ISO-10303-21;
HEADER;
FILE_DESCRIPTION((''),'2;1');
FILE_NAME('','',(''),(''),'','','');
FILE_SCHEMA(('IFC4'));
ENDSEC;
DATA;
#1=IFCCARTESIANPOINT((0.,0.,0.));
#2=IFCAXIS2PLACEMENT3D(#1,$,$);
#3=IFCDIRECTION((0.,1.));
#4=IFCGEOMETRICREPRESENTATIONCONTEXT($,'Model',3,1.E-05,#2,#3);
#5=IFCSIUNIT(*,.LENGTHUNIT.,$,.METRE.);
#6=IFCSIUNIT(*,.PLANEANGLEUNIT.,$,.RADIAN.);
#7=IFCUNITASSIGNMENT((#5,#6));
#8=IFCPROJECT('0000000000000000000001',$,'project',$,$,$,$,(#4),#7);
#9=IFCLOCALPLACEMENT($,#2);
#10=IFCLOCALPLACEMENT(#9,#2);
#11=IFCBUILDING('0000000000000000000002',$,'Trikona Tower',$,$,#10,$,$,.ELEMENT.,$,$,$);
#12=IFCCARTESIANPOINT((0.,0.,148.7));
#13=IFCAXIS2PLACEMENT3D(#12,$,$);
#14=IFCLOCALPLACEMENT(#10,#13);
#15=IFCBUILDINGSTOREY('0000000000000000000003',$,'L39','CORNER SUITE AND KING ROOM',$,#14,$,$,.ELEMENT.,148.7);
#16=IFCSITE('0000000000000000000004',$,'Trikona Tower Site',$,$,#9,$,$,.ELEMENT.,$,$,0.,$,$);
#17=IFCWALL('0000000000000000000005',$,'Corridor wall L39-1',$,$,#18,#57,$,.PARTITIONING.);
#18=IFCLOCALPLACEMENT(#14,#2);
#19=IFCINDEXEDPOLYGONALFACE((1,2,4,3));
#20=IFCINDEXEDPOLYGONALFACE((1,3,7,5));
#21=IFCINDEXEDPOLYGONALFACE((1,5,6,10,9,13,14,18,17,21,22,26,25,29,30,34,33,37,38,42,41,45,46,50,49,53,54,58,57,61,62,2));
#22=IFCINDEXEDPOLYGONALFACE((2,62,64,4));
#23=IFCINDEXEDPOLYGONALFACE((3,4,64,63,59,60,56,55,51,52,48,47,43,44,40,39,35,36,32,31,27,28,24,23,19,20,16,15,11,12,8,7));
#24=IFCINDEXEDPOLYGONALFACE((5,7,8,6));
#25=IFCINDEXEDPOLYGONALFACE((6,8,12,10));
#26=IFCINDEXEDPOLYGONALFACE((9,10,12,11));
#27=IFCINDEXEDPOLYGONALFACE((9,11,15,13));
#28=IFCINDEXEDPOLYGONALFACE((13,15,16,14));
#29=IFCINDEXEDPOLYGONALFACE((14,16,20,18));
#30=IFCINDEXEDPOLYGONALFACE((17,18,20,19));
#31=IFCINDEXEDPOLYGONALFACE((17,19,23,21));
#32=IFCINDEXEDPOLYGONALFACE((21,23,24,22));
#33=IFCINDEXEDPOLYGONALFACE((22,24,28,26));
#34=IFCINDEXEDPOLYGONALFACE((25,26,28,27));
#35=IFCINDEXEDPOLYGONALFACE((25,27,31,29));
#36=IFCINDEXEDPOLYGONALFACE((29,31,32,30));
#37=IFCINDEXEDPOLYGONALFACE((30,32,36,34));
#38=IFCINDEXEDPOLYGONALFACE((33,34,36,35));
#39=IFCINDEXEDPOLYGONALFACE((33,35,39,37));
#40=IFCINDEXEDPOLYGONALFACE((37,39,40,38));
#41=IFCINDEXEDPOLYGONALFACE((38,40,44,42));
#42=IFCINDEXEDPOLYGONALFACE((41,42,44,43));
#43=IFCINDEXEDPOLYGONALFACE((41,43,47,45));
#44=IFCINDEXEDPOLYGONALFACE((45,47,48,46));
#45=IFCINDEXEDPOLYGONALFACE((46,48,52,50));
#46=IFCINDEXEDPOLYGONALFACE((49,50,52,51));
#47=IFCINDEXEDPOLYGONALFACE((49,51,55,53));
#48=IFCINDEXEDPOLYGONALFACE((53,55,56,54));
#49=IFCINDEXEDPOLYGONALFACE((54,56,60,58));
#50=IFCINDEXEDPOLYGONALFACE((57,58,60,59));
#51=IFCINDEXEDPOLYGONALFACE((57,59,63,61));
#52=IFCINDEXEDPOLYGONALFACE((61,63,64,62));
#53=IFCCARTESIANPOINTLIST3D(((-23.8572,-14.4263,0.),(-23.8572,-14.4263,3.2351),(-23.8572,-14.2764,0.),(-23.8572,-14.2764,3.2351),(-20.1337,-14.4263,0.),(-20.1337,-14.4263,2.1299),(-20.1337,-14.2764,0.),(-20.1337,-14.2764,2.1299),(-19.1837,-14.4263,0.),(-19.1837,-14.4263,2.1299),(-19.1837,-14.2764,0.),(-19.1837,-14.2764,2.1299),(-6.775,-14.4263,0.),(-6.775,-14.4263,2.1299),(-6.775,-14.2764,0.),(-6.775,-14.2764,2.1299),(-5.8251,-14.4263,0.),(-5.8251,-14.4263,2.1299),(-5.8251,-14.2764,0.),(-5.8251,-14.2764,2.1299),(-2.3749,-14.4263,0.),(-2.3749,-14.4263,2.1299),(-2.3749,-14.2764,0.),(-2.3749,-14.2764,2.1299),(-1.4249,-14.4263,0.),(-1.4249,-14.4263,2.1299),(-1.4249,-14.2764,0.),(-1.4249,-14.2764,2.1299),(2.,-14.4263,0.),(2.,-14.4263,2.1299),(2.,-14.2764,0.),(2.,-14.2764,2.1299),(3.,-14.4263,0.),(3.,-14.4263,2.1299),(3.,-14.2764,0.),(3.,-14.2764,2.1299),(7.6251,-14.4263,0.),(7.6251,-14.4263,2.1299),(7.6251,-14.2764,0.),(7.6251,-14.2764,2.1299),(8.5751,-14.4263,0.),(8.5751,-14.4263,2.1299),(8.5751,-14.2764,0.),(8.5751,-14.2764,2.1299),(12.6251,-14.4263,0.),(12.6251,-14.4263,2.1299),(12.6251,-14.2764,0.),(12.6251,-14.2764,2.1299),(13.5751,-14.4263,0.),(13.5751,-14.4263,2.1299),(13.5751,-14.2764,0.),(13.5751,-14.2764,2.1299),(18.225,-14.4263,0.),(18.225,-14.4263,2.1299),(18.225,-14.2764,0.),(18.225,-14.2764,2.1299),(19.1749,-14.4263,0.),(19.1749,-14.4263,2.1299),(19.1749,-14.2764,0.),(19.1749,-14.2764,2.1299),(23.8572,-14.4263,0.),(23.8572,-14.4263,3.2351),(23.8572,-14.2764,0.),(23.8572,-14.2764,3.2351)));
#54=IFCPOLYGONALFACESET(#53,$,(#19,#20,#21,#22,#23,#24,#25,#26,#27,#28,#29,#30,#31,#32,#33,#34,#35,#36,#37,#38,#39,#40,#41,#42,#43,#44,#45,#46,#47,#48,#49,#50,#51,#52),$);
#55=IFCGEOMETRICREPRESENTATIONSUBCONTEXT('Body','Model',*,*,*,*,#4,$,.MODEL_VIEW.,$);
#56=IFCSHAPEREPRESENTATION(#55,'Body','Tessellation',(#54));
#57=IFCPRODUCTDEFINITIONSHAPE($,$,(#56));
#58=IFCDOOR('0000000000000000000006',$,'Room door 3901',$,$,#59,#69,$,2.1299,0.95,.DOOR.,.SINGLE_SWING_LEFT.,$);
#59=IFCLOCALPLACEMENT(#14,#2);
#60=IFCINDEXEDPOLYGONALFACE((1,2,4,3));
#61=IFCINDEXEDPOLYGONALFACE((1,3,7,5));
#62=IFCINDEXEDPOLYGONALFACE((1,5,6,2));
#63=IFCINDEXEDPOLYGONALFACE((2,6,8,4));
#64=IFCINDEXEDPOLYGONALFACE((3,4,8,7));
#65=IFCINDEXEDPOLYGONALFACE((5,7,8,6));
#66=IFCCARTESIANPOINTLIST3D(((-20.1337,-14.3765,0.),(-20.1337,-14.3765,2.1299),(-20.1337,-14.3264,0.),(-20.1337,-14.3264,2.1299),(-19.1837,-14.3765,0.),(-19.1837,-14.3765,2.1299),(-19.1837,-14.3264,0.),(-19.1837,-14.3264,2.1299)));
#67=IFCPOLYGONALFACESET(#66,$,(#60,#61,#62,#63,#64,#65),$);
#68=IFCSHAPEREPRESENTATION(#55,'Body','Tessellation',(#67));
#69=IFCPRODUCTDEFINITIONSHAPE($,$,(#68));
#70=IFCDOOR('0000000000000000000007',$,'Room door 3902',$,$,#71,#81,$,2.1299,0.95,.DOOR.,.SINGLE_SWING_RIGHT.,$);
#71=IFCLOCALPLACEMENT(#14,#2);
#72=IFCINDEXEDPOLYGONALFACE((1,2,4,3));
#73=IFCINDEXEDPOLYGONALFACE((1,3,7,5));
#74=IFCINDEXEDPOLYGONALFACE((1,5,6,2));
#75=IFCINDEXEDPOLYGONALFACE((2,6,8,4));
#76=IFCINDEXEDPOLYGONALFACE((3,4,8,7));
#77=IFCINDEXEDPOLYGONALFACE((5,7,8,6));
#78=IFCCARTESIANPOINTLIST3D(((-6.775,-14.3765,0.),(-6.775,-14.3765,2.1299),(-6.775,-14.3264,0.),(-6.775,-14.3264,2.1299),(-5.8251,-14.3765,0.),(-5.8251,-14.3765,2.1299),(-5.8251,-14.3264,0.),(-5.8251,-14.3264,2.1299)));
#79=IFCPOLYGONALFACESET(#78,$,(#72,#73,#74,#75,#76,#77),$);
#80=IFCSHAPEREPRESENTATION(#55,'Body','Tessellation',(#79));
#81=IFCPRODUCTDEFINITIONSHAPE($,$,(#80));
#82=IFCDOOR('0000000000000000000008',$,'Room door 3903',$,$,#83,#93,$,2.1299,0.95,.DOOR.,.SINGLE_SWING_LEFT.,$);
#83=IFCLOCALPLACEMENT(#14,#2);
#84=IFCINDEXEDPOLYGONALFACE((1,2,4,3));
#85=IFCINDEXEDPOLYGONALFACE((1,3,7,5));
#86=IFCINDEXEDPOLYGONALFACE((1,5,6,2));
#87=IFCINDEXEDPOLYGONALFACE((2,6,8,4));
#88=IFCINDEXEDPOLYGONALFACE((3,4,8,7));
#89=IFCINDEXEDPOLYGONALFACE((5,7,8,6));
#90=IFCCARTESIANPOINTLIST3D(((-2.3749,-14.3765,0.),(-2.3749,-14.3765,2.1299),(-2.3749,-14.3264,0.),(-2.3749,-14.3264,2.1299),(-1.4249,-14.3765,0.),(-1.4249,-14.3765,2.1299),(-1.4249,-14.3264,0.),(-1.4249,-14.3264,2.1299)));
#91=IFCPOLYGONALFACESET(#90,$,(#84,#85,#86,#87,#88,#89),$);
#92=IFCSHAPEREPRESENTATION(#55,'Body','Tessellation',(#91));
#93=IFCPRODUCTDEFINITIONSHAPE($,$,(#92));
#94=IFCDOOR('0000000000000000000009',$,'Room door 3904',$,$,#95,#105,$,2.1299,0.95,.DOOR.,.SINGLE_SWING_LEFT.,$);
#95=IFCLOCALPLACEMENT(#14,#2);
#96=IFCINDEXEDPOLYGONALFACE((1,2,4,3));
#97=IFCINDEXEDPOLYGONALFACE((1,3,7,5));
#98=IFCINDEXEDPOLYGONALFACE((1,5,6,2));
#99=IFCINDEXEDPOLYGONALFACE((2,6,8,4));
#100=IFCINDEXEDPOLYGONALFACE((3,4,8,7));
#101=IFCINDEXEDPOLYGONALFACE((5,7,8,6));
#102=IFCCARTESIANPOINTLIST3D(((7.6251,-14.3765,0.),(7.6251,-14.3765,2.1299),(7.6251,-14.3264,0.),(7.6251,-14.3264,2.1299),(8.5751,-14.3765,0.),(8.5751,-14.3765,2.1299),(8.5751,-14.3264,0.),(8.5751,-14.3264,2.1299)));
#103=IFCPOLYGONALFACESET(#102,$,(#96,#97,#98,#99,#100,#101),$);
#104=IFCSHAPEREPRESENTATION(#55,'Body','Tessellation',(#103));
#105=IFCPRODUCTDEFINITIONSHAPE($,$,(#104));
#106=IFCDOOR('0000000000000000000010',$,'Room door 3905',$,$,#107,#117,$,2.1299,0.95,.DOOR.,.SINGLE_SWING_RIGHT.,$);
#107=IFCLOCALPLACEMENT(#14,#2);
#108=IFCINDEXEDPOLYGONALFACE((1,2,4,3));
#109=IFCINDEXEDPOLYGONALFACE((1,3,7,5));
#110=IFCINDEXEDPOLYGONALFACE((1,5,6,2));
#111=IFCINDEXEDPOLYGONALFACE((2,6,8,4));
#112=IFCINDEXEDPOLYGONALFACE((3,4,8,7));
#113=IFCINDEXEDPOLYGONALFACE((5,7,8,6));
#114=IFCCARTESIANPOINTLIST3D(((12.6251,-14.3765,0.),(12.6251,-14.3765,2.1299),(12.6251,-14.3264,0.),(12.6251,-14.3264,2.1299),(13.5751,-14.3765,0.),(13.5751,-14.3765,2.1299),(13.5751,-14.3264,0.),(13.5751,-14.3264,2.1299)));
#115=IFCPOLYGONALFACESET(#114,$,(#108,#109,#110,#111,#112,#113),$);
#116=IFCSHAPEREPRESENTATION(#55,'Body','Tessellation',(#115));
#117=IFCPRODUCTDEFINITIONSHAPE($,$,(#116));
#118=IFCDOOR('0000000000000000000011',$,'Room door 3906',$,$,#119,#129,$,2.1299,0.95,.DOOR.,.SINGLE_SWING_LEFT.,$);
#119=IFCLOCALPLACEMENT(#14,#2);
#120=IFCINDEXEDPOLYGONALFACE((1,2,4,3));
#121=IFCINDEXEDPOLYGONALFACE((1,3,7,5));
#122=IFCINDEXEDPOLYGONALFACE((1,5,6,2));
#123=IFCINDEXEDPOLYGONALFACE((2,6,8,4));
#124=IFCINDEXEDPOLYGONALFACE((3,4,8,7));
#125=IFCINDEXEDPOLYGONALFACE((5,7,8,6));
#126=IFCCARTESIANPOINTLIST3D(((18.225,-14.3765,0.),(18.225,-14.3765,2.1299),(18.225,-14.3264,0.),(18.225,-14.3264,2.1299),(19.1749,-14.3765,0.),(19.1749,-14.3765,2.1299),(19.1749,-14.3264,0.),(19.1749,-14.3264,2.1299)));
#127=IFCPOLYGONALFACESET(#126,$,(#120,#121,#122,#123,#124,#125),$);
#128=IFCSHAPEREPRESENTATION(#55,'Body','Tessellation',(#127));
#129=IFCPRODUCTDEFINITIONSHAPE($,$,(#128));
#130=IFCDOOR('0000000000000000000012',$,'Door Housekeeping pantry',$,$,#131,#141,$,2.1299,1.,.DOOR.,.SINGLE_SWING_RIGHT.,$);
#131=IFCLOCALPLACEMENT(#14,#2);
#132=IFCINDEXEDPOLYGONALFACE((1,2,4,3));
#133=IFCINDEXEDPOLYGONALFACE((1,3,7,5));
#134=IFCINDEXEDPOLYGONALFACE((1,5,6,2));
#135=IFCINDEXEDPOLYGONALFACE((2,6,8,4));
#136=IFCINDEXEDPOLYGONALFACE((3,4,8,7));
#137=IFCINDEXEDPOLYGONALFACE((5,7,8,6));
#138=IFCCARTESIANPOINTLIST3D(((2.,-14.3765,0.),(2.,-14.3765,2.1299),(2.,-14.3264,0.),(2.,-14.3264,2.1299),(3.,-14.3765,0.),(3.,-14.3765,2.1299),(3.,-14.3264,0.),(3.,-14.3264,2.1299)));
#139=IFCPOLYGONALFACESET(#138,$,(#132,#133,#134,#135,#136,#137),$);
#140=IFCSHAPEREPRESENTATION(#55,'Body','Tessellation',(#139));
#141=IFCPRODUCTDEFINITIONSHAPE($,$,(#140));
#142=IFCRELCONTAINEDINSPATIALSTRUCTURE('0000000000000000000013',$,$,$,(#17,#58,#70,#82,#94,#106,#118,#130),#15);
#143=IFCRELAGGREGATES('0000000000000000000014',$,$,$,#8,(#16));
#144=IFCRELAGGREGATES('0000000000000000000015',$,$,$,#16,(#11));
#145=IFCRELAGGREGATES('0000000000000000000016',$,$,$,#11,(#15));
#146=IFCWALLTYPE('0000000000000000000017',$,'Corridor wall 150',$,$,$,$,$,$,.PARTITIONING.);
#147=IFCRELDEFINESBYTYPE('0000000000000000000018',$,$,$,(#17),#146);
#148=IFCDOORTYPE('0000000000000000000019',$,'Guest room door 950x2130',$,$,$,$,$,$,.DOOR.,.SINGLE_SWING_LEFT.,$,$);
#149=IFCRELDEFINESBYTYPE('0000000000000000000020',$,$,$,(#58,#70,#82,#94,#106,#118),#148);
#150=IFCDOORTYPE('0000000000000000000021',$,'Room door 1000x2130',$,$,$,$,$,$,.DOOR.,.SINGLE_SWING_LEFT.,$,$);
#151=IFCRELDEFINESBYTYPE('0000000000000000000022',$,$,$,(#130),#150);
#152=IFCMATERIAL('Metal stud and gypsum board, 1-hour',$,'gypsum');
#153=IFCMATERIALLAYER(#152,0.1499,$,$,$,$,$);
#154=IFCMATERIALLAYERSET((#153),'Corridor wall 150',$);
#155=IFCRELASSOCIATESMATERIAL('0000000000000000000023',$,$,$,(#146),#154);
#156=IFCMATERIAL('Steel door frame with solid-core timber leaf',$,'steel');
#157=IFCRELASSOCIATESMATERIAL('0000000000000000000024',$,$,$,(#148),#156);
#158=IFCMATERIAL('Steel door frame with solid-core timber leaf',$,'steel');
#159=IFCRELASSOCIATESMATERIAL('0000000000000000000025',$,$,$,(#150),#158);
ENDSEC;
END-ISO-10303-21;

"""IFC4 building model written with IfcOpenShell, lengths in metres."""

from ifc_helpers import new_model, si_unit, direction, frame, frame_2d, origin, place, context, subcontext, project, spatial, rectangle, extrude, material, layer, layer_set, type_object, element, fill, save


model = new_model("IFC4")

# Units and contexts
model_context = context("Model", 3, precision=1e-05, world=origin(), true_north=direction((0.0, 1.0)))
body_context = subcontext(model_context, "Body", "Model", "MODEL_VIEW")
ifc_project = project(units=[si_unit("LENGTHUNIT", "METRE"), si_unit("PLANEANGLEUNIT", "RADIAN")], contexts=[model_context])

# Site, building, storey
site_placement = place(None, origin())
site = spatial("IfcSite", under=ifc_project, at=site_placement, Name="Trikona Tower Site", CompositionType="ELEMENT", RefElevation=0.0)
building_placement = place(site_placement, origin())
building = spatial("IfcBuilding", under=site, at=building_placement, Name="Trikona Tower", CompositionType="ELEMENT")
storey_placement = place(building_placement, frame((0.0, 0.0, 148.7)))
storey = spatial("IfcBuildingStorey", under=building, at=storey_placement, Name="L39", Description="CORNER SUITE AND KING ROOM", CompositionType="ELEMENT", Elevation=148.7)

# Wall, openings, doors
ifc_material_1 = material(Name="Metal stud and gypsum board, 1-hour", Category="gypsum")
ifc_layer_1 = layer(ifc_material_1, 0.1499)
ifc_layer_set_1 = layer_set([ifc_layer_1], Name="Corridor wall 150")
wall_type_1 = type_object("IfcWallType", Name="Corridor wall 150", PredefinedType="PARTITIONING", material=ifc_layer_set_1)
wall_1_placement = place(storey_placement, frame((-23.8572, -14.3513, 0.0), z_axis=(0.0, 0.0, 1.0), x_axis=(1.0, 0.0, 0.0)))
wall_1 = element("IfcWall", 1, at=wall_1_placement, inside=storey, type_object=wall_type_1, Name="Corridor wall L39-1", PredefinedType="PARTITIONING", context=body_context, shape_type="SweptSolid", body=[
    extrude(rectangle(XDim=47.7144, YDim=0.1499, at=frame_2d((23.8572, 0.0))), origin(), (0.0, 0.0, 1.0), 3.2351),
])
opening_1_placement = place(wall_1_placement, frame((3.7234, 0.0, 0.0)))
opening_1 = element("IfcOpeningElement", 2, at=opening_1_placement, cuts=wall_1, PredefinedType="OPENING", context=body_context, shape_type="SweptSolid", body=[
    extrude(rectangle(XDim=0.95, YDim=2.1299, at=frame_2d((0.4751, 1.0649))), frame((0.0, 0.085, 0.0), z_axis=(0.0, -1.0, 0.0), x_axis=(1.0, 0.0, 0.0)), (0.0, 0.0, 1.0), 0.1699),
])
opening_2_placement = place(wall_1_placement, frame((17.082, 0.0, 0.0)))
opening_2 = element("IfcOpeningElement", 3, at=opening_2_placement, cuts=wall_1, PredefinedType="OPENING", context=body_context, shape_type="SweptSolid", body=[
    extrude(rectangle(XDim=0.95, YDim=2.1299, at=frame_2d((0.4751, 1.0649))), frame((0.0, 0.085, 0.0), z_axis=(0.0, -1.0, 0.0), x_axis=(1.0, 0.0, 0.0)), (0.0, 0.0, 1.0), 0.1699),
])
opening_3_placement = place(wall_1_placement, frame((21.4822, 0.0, 0.0)))
opening_3 = element("IfcOpeningElement", 4, at=opening_3_placement, cuts=wall_1, PredefinedType="OPENING", context=body_context, shape_type="SweptSolid", body=[
    extrude(rectangle(XDim=0.95, YDim=2.1299, at=frame_2d((0.4751, 1.0649))), frame((0.0, 0.085, 0.0), z_axis=(0.0, -1.0, 0.0), x_axis=(1.0, 0.0, 0.0)), (0.0, 0.0, 1.0), 0.1699),
])
opening_4_placement = place(wall_1_placement, frame((25.8572, 0.0, 0.0)))
opening_4 = element("IfcOpeningElement", 5, at=opening_4_placement, cuts=wall_1, PredefinedType="OPENING", context=body_context, shape_type="SweptSolid", body=[
    extrude(rectangle(XDim=1.0, YDim=2.1299, at=frame_2d((0.5, 1.0649))), frame((0.0, 0.085, 0.0), z_axis=(0.0, -1.0, 0.0), x_axis=(1.0, 0.0, 0.0)), (0.0, 0.0, 1.0), 0.1699),
])
opening_5_placement = place(wall_1_placement, frame((31.4822, 0.0, 0.0)))
opening_5 = element("IfcOpeningElement", 6, at=opening_5_placement, cuts=wall_1, PredefinedType="OPENING", context=body_context, shape_type="SweptSolid", body=[
    extrude(rectangle(XDim=0.95, YDim=2.1299, at=frame_2d((0.4751, 1.0649))), frame((0.0, 0.085, 0.0), z_axis=(0.0, -1.0, 0.0), x_axis=(1.0, 0.0, 0.0)), (0.0, 0.0, 1.0), 0.1699),
])
opening_6_placement = place(wall_1_placement, frame((36.4822, 0.0, 0.0)))
opening_6 = element("IfcOpeningElement", 7, at=opening_6_placement, cuts=wall_1, PredefinedType="OPENING", context=body_context, shape_type="SweptSolid", body=[
    extrude(rectangle(XDim=0.95, YDim=2.1299, at=frame_2d((0.4751, 1.0649))), frame((0.0, 0.085, 0.0), z_axis=(0.0, -1.0, 0.0), x_axis=(1.0, 0.0, 0.0)), (0.0, 0.0, 1.0), 0.1699),
])
opening_7_placement = place(wall_1_placement, frame((42.082, 0.0, 0.0)))
opening_7 = element("IfcOpeningElement", 8, at=opening_7_placement, cuts=wall_1, PredefinedType="OPENING", context=body_context, shape_type="SweptSolid", body=[
    extrude(rectangle(XDim=0.95, YDim=2.1299, at=frame_2d((0.4751, 1.0649))), frame((0.0, 0.085, 0.0), z_axis=(0.0, -1.0, 0.0), x_axis=(1.0, 0.0, 0.0)), (0.0, 0.0, 1.0), 0.1699),
])
ifc_material_2 = material(Name="Steel door frame with solid-core timber leaf", Category="steel")
door_type_1 = type_object("IfcDoorType", Name="Guest room door 950x2130", OperationType="SINGLE_SWING_LEFT", PredefinedType="DOOR", material=ifc_material_2)
door_1_placement = place(opening_1_placement, origin())
door_1 = element("IfcDoor", 9, at=door_1_placement, inside=storey, type_object=door_type_1, Name="Room door 3901", OperationType="SINGLE_SWING_LEFT", OverallHeight=2.1299, OverallWidth=0.95, PredefinedType="DOOR", context=body_context, shape_type="SweptSolid", body=[
    extrude(rectangle(XDim=0.95, YDim=2.1299, at=frame_2d((0.4751, 1.0649))), frame((0.0, 0.0249, 0.0), z_axis=(0.0, -1.0, 0.0), x_axis=(1.0, 0.0, 0.0)), (0.0, 0.0, 1.0), 0.05),
])
fill(opening_1, door_1)
door_2_placement = place(opening_2_placement, origin())
door_2 = element("IfcDoor", 10, at=door_2_placement, inside=storey, type_object=door_type_1, Name="Room door 3902", OperationType="SINGLE_SWING_RIGHT", OverallHeight=2.1299, OverallWidth=0.95, PredefinedType="DOOR", context=body_context, shape_type="SweptSolid", body=[
    extrude(rectangle(XDim=0.95, YDim=2.1299, at=frame_2d((0.4751, 1.0649))), frame((0.0, 0.0249, 0.0), z_axis=(0.0, -1.0, 0.0), x_axis=(1.0, 0.0, 0.0)), (0.0, 0.0, 1.0), 0.05),
])
fill(opening_2, door_2)
door_3_placement = place(opening_3_placement, origin())
door_3 = element("IfcDoor", 11, at=door_3_placement, inside=storey, type_object=door_type_1, Name="Room door 3903", OperationType="SINGLE_SWING_LEFT", OverallHeight=2.1299, OverallWidth=0.95, PredefinedType="DOOR", context=body_context, shape_type="SweptSolid", body=[
    extrude(rectangle(XDim=0.95, YDim=2.1299, at=frame_2d((0.4751, 1.0649))), frame((0.0, 0.0249, 0.0), z_axis=(0.0, -1.0, 0.0), x_axis=(1.0, 0.0, 0.0)), (0.0, 0.0, 1.0), 0.05),
])
fill(opening_3, door_3)
door_4_placement = place(opening_5_placement, origin())
door_4 = element("IfcDoor", 12, at=door_4_placement, inside=storey, type_object=door_type_1, Name="Room door 3904", OperationType="SINGLE_SWING_LEFT", OverallHeight=2.1299, OverallWidth=0.95, PredefinedType="DOOR", context=body_context, shape_type="SweptSolid", body=[
    extrude(rectangle(XDim=0.95, YDim=2.1299, at=frame_2d((0.4751, 1.0649))), frame((0.0, 0.0249, 0.0), z_axis=(0.0, -1.0, 0.0), x_axis=(1.0, 0.0, 0.0)), (0.0, 0.0, 1.0), 0.05),
])
fill(opening_5, door_4)
door_5_placement = place(opening_6_placement, origin())
door_5 = element("IfcDoor", 13, at=door_5_placement, inside=storey, type_object=door_type_1, Name="Room door 3905", OperationType="SINGLE_SWING_RIGHT", OverallHeight=2.1299, OverallWidth=0.95, PredefinedType="DOOR", context=body_context, shape_type="SweptSolid", body=[
    extrude(rectangle(XDim=0.95, YDim=2.1299, at=frame_2d((0.4751, 1.0649))), frame((0.0, 0.0249, 0.0), z_axis=(0.0, -1.0, 0.0), x_axis=(1.0, 0.0, 0.0)), (0.0, 0.0, 1.0), 0.05),
])
fill(opening_6, door_5)
door_6_placement = place(opening_7_placement, origin())
door_6 = element("IfcDoor", 14, at=door_6_placement, inside=storey, type_object=door_type_1, Name="Room door 3906", OperationType="SINGLE_SWING_LEFT", OverallHeight=2.1299, OverallWidth=0.95, PredefinedType="DOOR", context=body_context, shape_type="SweptSolid", body=[
    extrude(rectangle(XDim=0.95, YDim=2.1299, at=frame_2d((0.4751, 1.0649))), frame((0.0, 0.0249, 0.0), z_axis=(0.0, -1.0, 0.0), x_axis=(1.0, 0.0, 0.0)), (0.0, 0.0, 1.0), 0.05),
])
fill(opening_7, door_6)
ifc_material_3 = material(Name="Steel door frame with solid-core timber leaf", Category="steel")
door_type_2 = type_object("IfcDoorType", Name="Room door 1000x2130", OperationType="SINGLE_SWING_LEFT", PredefinedType="DOOR", material=ifc_material_3)
door_7_placement = place(opening_4_placement, origin())
door_7 = element("IfcDoor", 15, at=door_7_placement, inside=storey, type_object=door_type_2, Name="Door Housekeeping pantry", OperationType="SINGLE_SWING_RIGHT", OverallHeight=2.1299, OverallWidth=1.0, PredefinedType="DOOR", context=body_context, shape_type="SweptSolid", body=[
    extrude(rectangle(XDim=1.0, YDim=2.1299, at=frame_2d((0.5, 1.0649))), frame((0.0, 0.0249, 0.0), z_axis=(0.0, -1.0, 0.0), x_axis=(1.0, 0.0, 0.0)), (0.0, 0.0, 1.0), 0.05),
])
fill(opening_4, door_7)

save(model, "model.ifc")
